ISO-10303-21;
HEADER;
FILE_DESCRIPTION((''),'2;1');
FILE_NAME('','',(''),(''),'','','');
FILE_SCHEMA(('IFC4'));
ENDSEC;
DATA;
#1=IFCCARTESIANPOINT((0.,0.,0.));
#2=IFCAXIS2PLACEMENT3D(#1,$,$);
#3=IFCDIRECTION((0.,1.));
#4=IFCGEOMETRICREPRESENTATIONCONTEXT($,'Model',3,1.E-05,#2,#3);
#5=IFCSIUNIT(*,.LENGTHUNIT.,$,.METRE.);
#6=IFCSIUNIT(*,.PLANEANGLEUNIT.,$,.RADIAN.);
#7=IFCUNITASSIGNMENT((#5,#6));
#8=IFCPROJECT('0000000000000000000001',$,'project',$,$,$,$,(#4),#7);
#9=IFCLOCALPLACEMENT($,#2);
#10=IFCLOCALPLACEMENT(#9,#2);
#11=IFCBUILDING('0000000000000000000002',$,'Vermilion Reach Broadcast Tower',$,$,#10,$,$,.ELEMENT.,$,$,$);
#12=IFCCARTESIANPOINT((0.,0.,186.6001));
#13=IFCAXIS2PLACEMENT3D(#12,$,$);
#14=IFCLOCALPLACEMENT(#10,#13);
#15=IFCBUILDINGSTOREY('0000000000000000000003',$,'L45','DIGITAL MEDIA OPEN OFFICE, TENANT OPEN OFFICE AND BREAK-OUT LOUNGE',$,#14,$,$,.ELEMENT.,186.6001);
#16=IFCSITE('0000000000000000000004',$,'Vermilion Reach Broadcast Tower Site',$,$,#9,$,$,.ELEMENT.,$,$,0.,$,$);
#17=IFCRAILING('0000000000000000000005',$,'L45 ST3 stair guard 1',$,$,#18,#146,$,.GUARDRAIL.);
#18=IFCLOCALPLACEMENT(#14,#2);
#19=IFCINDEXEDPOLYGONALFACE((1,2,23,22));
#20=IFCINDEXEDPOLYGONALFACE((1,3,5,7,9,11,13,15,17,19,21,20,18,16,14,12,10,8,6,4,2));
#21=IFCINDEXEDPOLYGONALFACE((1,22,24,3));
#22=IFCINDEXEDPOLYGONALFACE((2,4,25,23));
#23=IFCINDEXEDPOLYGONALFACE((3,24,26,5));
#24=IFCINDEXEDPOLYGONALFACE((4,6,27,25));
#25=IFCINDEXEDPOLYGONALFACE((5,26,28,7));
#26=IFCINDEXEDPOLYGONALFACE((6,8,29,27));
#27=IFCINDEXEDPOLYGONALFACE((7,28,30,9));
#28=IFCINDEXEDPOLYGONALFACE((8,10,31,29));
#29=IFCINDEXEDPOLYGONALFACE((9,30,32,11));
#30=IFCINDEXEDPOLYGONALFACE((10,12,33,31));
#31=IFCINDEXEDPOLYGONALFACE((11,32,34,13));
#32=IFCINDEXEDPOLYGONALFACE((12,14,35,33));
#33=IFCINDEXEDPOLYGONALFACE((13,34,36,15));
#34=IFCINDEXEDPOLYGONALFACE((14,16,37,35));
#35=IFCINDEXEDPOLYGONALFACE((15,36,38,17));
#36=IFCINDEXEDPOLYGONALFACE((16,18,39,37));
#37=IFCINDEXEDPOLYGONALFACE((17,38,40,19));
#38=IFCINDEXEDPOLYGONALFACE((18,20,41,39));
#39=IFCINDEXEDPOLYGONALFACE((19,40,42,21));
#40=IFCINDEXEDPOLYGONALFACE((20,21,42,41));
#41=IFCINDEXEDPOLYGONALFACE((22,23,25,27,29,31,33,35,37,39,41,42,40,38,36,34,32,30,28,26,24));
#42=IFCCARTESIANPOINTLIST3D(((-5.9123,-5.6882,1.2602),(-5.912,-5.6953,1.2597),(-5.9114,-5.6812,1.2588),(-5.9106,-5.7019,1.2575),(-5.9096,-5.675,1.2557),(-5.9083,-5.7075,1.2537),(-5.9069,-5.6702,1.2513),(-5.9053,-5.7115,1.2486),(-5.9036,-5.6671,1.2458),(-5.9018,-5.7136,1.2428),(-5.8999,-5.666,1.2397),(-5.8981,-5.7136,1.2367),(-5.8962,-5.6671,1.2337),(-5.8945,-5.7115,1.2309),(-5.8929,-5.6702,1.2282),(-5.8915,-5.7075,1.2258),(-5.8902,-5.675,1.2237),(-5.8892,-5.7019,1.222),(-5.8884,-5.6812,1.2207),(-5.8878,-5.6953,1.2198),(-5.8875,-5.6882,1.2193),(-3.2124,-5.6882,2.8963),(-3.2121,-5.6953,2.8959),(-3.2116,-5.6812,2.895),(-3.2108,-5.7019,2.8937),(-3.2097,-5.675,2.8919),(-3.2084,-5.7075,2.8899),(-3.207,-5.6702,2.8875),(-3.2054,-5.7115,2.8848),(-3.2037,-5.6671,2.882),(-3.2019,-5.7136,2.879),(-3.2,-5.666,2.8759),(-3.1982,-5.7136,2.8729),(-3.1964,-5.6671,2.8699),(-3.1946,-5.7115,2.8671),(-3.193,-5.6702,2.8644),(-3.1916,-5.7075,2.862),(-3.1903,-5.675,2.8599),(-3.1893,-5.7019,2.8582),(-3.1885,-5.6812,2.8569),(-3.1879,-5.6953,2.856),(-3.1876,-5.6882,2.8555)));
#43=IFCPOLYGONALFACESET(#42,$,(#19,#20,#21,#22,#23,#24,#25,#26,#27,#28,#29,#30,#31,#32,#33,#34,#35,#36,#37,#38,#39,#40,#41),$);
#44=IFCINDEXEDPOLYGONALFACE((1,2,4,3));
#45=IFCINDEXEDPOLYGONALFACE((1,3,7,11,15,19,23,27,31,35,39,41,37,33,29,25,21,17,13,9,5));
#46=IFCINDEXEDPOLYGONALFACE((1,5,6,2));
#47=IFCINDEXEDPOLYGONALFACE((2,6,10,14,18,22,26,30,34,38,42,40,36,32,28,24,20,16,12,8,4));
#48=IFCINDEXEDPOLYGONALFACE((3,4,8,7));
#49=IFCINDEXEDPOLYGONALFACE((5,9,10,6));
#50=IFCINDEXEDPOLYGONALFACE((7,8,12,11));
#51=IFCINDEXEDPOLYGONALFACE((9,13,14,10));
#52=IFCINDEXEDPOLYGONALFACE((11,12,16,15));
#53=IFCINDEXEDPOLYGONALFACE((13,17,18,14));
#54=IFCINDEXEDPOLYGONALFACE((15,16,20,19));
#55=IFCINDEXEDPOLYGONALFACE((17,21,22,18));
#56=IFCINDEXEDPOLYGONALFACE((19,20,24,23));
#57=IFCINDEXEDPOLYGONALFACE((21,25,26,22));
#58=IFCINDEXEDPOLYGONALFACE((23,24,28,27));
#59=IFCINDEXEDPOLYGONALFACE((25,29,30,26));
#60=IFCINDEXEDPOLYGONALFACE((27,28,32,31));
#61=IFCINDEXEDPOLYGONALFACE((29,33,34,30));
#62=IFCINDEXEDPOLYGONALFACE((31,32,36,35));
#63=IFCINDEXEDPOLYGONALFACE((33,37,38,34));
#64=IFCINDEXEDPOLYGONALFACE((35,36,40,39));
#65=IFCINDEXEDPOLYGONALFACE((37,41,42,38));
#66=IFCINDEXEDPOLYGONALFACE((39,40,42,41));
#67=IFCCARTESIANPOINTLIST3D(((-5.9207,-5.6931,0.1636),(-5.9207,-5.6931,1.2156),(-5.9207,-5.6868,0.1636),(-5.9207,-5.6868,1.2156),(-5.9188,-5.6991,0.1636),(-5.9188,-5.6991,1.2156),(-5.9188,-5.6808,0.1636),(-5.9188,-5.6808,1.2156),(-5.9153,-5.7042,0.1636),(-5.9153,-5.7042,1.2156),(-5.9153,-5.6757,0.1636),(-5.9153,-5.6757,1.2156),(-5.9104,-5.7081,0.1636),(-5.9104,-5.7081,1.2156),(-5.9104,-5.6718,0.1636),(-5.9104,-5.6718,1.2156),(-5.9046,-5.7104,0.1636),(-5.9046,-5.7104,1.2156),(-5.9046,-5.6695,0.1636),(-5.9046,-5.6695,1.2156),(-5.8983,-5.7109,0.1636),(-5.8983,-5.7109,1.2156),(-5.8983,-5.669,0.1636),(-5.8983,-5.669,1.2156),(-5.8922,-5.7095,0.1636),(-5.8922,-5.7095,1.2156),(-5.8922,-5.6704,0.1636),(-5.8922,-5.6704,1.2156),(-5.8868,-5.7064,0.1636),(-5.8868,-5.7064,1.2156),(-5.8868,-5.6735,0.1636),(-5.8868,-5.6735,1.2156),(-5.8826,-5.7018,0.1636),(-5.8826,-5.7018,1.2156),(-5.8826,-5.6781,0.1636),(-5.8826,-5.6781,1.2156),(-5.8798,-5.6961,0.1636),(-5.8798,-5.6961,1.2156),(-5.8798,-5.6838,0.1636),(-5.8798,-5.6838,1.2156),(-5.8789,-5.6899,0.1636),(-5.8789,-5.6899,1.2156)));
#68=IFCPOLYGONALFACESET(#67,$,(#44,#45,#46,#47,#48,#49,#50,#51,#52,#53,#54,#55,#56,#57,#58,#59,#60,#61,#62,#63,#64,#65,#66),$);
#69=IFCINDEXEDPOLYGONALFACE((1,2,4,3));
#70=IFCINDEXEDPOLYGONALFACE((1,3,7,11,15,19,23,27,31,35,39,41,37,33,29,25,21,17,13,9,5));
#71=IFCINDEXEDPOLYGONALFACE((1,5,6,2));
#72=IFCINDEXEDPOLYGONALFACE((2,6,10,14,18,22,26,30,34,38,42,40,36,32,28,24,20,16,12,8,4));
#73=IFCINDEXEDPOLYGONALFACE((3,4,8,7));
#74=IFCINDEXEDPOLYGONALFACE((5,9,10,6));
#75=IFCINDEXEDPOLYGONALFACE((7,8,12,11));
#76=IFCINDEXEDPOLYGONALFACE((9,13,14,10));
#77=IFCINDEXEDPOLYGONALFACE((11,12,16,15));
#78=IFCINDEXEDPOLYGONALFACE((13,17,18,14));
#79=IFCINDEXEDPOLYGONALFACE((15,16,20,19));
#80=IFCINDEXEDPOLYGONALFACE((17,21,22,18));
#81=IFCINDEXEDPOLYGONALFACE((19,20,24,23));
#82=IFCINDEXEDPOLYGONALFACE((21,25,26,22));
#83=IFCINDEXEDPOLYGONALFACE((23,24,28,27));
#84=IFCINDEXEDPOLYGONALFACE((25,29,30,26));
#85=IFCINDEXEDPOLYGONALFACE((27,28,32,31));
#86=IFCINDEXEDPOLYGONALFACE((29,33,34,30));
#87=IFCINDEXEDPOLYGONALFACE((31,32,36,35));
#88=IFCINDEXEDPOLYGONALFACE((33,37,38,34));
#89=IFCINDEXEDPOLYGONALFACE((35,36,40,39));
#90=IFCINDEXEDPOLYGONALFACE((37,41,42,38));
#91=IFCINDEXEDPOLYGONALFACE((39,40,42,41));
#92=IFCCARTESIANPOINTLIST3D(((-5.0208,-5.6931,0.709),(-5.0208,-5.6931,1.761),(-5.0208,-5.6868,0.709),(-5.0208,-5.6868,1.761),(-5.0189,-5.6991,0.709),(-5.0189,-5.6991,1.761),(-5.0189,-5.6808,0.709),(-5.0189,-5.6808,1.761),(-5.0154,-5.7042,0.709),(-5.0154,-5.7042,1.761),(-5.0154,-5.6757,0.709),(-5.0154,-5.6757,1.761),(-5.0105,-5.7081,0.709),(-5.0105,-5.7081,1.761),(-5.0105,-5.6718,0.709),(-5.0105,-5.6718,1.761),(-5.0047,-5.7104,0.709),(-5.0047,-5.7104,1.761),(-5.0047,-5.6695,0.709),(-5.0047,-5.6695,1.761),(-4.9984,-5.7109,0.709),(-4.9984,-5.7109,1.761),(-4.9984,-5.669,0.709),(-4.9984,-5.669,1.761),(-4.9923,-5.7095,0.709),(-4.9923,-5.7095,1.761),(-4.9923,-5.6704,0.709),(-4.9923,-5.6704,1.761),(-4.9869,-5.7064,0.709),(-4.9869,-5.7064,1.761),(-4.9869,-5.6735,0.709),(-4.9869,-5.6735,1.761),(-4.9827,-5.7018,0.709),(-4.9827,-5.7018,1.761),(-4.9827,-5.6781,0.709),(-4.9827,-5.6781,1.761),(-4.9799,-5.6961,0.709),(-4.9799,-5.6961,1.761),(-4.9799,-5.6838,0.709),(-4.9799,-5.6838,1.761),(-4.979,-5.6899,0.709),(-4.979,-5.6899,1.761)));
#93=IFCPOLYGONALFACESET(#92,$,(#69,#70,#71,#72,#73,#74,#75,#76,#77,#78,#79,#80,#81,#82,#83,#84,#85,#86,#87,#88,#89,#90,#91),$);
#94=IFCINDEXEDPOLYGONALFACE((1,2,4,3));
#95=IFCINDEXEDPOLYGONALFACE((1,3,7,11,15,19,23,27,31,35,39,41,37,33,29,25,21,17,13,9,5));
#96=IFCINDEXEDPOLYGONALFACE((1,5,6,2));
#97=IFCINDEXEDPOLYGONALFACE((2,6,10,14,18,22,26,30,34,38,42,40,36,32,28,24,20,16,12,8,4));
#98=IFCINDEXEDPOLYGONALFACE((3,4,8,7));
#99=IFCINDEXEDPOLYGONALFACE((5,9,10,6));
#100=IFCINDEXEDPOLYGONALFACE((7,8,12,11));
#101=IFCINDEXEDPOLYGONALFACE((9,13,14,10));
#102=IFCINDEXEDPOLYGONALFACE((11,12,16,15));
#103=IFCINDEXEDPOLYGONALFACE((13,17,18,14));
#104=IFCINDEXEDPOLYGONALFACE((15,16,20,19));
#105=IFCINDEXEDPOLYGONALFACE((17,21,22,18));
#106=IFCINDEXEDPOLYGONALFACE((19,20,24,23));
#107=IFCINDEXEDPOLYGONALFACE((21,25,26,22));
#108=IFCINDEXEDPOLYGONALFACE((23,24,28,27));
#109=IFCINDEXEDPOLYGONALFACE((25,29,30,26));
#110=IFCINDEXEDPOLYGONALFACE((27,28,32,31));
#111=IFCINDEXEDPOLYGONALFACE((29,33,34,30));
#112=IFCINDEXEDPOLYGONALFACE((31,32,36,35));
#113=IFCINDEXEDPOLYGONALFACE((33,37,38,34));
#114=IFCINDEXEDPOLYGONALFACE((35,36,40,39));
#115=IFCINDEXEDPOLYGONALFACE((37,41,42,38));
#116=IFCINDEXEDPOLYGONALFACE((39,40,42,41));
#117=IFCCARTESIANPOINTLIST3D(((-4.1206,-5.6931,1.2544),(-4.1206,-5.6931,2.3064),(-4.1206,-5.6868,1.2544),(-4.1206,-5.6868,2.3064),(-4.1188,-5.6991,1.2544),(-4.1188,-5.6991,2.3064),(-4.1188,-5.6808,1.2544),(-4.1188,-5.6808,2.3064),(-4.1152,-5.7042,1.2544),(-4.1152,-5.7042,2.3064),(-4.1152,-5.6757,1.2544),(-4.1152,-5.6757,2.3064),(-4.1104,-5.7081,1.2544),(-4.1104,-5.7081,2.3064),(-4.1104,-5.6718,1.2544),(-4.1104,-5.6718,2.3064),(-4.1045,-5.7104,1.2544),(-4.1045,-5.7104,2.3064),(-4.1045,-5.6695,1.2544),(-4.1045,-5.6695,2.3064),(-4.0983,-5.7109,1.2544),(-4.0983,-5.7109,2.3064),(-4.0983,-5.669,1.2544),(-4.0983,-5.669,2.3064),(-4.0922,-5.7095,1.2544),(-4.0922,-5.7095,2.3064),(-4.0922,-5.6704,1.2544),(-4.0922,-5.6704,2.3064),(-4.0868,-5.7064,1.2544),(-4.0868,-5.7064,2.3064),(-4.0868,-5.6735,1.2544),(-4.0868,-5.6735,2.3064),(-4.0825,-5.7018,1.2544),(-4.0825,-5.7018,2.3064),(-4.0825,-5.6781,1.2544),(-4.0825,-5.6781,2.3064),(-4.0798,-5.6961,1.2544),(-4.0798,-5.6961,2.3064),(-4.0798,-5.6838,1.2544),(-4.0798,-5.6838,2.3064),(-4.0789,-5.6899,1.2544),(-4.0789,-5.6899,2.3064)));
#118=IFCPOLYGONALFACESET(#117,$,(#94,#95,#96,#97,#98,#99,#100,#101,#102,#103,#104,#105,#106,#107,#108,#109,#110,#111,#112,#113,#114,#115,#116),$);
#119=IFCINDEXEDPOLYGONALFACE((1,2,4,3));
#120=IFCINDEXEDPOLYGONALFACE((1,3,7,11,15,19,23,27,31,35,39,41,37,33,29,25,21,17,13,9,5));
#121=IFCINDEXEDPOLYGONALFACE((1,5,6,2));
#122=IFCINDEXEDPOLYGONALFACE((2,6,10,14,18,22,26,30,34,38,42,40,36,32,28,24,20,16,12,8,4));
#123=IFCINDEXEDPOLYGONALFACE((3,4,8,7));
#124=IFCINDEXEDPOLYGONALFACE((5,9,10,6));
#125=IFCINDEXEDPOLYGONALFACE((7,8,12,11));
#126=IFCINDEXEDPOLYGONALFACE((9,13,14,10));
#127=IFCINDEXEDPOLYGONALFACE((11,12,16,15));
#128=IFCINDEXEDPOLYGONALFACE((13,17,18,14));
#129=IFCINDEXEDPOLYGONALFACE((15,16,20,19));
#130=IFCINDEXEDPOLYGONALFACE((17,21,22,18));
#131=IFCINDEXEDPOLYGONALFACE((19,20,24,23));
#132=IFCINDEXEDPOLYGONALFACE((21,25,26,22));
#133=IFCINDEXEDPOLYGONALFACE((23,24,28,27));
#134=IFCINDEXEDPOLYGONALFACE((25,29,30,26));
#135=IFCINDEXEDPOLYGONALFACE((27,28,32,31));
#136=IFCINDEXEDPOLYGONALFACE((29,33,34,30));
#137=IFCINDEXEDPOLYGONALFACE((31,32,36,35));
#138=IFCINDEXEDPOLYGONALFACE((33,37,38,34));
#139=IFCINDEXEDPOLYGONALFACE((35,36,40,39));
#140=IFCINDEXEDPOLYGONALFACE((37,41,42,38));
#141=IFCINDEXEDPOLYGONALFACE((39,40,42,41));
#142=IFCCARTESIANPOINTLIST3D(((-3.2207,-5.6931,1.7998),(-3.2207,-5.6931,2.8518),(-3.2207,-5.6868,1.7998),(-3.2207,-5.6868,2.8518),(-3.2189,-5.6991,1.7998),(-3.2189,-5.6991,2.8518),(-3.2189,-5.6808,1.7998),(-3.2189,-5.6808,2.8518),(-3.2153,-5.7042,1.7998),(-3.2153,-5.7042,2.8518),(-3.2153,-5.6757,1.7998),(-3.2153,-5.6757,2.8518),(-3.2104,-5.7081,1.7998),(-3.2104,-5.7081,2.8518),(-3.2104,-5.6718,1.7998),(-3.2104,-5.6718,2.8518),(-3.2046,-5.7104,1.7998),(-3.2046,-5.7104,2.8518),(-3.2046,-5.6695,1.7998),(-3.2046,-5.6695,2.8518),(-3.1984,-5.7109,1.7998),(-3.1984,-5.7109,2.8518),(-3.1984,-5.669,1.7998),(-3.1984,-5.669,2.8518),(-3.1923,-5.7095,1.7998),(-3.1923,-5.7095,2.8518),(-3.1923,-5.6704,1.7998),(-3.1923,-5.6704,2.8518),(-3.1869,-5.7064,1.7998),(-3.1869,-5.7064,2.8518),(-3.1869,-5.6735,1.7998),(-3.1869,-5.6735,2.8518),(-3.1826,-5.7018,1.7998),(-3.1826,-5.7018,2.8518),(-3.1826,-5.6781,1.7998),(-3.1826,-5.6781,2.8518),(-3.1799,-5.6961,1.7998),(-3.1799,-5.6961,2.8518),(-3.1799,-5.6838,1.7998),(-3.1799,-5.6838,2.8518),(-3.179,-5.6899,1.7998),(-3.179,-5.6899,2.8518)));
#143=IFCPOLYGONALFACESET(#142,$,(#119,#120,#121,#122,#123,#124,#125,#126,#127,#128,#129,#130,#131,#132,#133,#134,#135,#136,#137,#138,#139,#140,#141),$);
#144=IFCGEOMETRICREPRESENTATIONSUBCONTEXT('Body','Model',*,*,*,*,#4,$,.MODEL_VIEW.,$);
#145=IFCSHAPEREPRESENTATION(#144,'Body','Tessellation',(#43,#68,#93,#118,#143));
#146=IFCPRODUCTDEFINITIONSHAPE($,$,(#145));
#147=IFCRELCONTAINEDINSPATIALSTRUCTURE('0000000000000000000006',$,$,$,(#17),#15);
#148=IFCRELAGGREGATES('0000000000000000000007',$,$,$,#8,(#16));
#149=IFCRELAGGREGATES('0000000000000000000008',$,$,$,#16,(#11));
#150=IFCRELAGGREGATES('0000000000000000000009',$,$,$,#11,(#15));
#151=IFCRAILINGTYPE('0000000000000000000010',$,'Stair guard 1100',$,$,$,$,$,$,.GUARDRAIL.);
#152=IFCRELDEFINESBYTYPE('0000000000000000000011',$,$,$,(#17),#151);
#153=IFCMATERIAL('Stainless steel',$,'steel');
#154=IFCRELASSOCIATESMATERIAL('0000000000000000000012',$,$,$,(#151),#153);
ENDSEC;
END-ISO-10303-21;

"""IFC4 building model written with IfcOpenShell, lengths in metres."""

from ifc_helpers import new_model, si_unit, direction, frame, origin, origin_2d, place, context, subcontext, project, spatial, circle, extrude, material, type_object, element, save


model = new_model("IFC4")

# Units and contexts
model_context = context("Model", 3, precision=1e-05, world=origin(), true_north=direction((0.0, 1.0)))
body_context = subcontext(model_context, "Body", "Model", "MODEL_VIEW")
ifc_project = project(units=[si_unit("LENGTHUNIT", "METRE"), si_unit("PLANEANGLEUNIT", "RADIAN")], contexts=[model_context])

# Site, building, storey
site_placement = place(None, origin())
site = spatial("IfcSite", under=ifc_project, at=site_placement, Name="Vermilion Reach Broadcast Tower Site", CompositionType="ELEMENT", RefElevation=0.0)
building_placement = place(site_placement, origin())
building = spatial("IfcBuilding", under=site, at=building_placement, Name="Vermilion Reach Broadcast Tower", CompositionType="ELEMENT")
storey_placement = place(building_placement, frame((0.0, 0.0, 186.6001)))
storey = spatial("IfcBuildingStorey", under=building, at=storey_placement, Name="L45", Description="DIGITAL MEDIA OPEN OFFICE, TENANT OPEN OFFICE AND BREAK-OUT LOUNGE", CompositionType="ELEMENT", Elevation=186.6001)

# Railing
ifc_material_1 = material(Name="Stainless steel", Category="steel")
railing_type_1 = type_object("IfcRailingType", Name="Stair guard 1100", PredefinedType="GUARDRAIL", material=ifc_material_1)
railing_1_placement = place(storey_placement, frame((-5.8999, -5.6899, 0.1636)))
element("IfcRailing", 1, at=railing_1_placement, inside=storey, type_object=railing_type_1, Name="L45 ST3 stair guard 1", PredefinedType="GUARDRAIL", context=body_context, shape_type="SweptSolid", body=[
    extrude(circle(Radius=0.0239, at=origin_2d()), frame((0.0, 0.0, 1.0762), z_axis=(0.855212, 0.0, 0.518278), x_axis=(0.0, 1.0, 0.0)), (0.0, 0.0, 1.0), 3.157),
    extrude(circle(Radius=0.021, at=origin_2d()), origin(), (0.0, 0.0, 1.0), 1.052),
    extrude(circle(Radius=0.021, at=origin_2d()), frame((0.8999, 0.0, 0.5454)), (0.0, 0.0, 1.0), 1.052),
    extrude(circle(Radius=0.021, at=origin_2d()), frame((1.8, 0.0, 1.0908)), (0.0, 0.0, 1.0), 1.052),
    extrude(circle(Radius=0.021, at=origin_2d()), frame((2.7, 0.0, 1.6362)), (0.0, 0.0, 1.0), 1.052),
])

save(model, "model.ifc")
